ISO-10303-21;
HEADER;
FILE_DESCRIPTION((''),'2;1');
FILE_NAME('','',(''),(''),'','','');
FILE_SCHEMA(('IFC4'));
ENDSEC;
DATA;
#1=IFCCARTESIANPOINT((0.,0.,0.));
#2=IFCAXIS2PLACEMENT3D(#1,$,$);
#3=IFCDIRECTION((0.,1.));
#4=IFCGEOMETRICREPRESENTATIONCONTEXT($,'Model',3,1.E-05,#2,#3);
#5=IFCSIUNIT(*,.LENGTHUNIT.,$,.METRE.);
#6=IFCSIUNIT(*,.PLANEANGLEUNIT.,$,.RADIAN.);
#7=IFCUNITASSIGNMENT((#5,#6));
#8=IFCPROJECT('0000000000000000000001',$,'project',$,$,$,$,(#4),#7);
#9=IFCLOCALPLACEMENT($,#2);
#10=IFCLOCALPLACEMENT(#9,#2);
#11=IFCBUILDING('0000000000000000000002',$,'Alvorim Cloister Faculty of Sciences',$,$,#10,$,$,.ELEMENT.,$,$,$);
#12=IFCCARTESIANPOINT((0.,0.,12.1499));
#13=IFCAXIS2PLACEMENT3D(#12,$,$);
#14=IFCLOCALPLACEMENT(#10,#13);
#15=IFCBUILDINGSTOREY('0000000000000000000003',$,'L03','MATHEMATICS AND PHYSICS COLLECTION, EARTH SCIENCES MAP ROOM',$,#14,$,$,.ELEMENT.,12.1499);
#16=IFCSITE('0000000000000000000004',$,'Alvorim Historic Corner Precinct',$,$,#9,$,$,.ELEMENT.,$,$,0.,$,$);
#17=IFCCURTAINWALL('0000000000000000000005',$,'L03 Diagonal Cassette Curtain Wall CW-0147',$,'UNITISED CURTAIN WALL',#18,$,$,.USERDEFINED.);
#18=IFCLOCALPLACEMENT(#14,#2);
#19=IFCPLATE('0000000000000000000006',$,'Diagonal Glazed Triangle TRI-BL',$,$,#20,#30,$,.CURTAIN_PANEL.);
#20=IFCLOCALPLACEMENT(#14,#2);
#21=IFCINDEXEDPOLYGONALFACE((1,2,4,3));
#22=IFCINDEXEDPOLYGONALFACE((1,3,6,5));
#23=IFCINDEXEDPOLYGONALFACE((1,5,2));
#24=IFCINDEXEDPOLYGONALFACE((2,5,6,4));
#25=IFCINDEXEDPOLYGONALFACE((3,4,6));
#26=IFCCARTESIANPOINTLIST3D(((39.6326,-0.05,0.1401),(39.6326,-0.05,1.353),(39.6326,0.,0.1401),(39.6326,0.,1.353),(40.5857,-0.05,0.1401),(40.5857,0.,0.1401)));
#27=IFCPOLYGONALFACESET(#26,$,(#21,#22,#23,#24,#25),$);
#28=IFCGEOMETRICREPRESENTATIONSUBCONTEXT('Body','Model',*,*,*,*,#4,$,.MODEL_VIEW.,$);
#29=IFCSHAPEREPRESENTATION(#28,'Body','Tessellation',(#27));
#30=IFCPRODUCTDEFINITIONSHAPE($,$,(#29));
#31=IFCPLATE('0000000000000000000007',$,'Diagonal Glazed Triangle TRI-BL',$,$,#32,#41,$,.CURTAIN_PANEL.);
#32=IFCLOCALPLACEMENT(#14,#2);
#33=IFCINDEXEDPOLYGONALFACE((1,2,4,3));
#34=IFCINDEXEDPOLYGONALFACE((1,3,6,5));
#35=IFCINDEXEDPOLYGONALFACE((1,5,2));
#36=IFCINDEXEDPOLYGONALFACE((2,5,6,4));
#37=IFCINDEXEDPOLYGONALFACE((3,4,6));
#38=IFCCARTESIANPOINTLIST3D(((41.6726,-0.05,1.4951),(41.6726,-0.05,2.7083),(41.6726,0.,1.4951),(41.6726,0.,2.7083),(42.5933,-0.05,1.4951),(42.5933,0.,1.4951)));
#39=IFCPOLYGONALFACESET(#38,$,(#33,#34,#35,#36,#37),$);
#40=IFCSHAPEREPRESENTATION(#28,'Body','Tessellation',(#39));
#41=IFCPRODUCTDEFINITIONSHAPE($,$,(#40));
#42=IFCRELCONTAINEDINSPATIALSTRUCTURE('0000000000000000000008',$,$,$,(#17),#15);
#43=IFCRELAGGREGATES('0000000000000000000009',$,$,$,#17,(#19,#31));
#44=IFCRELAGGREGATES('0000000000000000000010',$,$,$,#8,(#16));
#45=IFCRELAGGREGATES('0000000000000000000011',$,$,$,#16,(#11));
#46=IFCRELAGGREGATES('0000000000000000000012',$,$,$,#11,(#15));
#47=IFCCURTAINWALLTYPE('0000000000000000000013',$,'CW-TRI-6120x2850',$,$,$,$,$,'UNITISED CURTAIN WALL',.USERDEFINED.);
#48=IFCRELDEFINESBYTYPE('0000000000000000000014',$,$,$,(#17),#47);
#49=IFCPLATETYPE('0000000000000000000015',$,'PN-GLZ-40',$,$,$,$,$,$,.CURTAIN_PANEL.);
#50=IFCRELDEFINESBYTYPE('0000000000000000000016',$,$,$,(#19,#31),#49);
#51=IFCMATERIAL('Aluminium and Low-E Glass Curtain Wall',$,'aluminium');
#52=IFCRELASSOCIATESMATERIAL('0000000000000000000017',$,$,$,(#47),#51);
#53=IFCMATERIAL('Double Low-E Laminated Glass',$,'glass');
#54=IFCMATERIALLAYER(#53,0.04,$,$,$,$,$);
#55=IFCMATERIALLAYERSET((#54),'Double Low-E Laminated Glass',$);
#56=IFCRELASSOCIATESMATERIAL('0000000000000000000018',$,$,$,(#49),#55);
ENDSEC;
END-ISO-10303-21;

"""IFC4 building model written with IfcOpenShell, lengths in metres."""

from ifc_helpers import new_model, si_unit, direction, frame, origin, place, context, subcontext, project, spatial, polyline, outline, extrude, material, layer, layer_set, type_object, element, aggregate, save


model = new_model("IFC4")

# Units and contexts
model_context = context("Model", 3, precision=1e-05, world=origin(), true_north=direction((0.0, 1.0)))
body_context = subcontext(model_context, "Body", "Model", "MODEL_VIEW")
ifc_project = project(units=[si_unit("LENGTHUNIT", "METRE"), si_unit("PLANEANGLEUNIT", "RADIAN")], contexts=[model_context])

# Site, building, storey
site_placement = place(None, origin())
site = spatial("IfcSite", under=ifc_project, at=site_placement, Name="Alvorim Historic Corner Precinct", CompositionType="ELEMENT", RefElevation=0.0)
building_placement = place(site_placement, origin())
building = spatial("IfcBuilding", under=site, at=building_placement, Name="Alvorim Cloister Faculty of Sciences", CompositionType="ELEMENT")
storey_placement = place(building_placement, frame((0.0, 0.0, 12.1499)))
storey = spatial("IfcBuildingStorey", under=building, at=storey_placement, Name="L03", Description="MATHEMATICS AND PHYSICS COLLECTION, EARTH SCIENCES MAP ROOM", CompositionType="ELEMENT", Elevation=12.1499)

# Curtain wall, plates
ifc_material_1 = material(Name="Aluminium and Low-E Glass Curtain Wall", Category="aluminium")
curtain_wall_type = type_object("IfcCurtainWallType", Name="CW-TRI-6120x2850", ElementType="UNITISED CURTAIN WALL", PredefinedType="USERDEFINED", material=ifc_material_1)
curtain_wall_placement = place(storey_placement, origin())
curtain_wall = element("IfcCurtainWall", 1, at=curtain_wall_placement, inside=storey, type_object=curtain_wall_type, Name="L03 Diagonal Cassette Curtain Wall CW-0147", ObjectType="UNITISED CURTAIN WALL", PredefinedType="USERDEFINED")
ifc_material_2 = material(Name="Double Low-E Laminated Glass", Category="glass")
ifc_layer = layer(ifc_material_2, 0.04)
ifc_layer_set = layer_set([ifc_layer], Name="Double Low-E Laminated Glass")
plate_type = type_object("IfcPlateType", Name="PN-GLZ-40", PredefinedType="CURTAIN_PANEL", material=ifc_layer_set)
plate_1_placement = place(storey_placement, frame((39.6326, -0.0249, 0.1401), z_axis=(0.0, 0.0, 1.0), x_axis=(1.0, 0.0, 0.0)))
plate_1 = element("IfcPlate", 2, at=plate_1_placement, type_object=plate_type, Name="Diagonal Glazed Triangle TRI-BL", PredefinedType="CURTAIN_PANEL", context=body_context, shape_type="SweptSolid", body=[
    extrude(outline(polyline([(0.0, 0.0), (0.9531, 0.0), (0.0, 1.2129), (0.0, 0.0)])), frame((0.0, 0.0249, 0.0), z_axis=(0.0, -1.0, 0.0), x_axis=(1.0, 0.0, 0.0)), (0.0, 0.0, 1.0), 0.05),
])
plate_2_placement = place(storey_placement, frame((41.6726, -0.0249, 1.4951), z_axis=(0.0, 0.0, 1.0), x_axis=(1.0, 0.0, 0.0)))
plate_2 = element("IfcPlate", 3, at=plate_2_placement, type_object=plate_type, Name="Diagonal Glazed Triangle TRI-BL", PredefinedType="CURTAIN_PANEL", context=body_context, shape_type="SweptSolid", body=[
    extrude(outline(polyline([(0.0, 0.0), (0.9207, 0.0), (0.0, 1.2131), (0.0, 0.0)])), frame((0.0, 0.0249, 0.0), z_axis=(0.0, -1.0, 0.0), x_axis=(1.0, 0.0, 0.0)), (0.0, 0.0, 1.0), 0.05),
])
aggregate(curtain_wall, [plate_1, plate_2])

save(model, "model.ifc")
